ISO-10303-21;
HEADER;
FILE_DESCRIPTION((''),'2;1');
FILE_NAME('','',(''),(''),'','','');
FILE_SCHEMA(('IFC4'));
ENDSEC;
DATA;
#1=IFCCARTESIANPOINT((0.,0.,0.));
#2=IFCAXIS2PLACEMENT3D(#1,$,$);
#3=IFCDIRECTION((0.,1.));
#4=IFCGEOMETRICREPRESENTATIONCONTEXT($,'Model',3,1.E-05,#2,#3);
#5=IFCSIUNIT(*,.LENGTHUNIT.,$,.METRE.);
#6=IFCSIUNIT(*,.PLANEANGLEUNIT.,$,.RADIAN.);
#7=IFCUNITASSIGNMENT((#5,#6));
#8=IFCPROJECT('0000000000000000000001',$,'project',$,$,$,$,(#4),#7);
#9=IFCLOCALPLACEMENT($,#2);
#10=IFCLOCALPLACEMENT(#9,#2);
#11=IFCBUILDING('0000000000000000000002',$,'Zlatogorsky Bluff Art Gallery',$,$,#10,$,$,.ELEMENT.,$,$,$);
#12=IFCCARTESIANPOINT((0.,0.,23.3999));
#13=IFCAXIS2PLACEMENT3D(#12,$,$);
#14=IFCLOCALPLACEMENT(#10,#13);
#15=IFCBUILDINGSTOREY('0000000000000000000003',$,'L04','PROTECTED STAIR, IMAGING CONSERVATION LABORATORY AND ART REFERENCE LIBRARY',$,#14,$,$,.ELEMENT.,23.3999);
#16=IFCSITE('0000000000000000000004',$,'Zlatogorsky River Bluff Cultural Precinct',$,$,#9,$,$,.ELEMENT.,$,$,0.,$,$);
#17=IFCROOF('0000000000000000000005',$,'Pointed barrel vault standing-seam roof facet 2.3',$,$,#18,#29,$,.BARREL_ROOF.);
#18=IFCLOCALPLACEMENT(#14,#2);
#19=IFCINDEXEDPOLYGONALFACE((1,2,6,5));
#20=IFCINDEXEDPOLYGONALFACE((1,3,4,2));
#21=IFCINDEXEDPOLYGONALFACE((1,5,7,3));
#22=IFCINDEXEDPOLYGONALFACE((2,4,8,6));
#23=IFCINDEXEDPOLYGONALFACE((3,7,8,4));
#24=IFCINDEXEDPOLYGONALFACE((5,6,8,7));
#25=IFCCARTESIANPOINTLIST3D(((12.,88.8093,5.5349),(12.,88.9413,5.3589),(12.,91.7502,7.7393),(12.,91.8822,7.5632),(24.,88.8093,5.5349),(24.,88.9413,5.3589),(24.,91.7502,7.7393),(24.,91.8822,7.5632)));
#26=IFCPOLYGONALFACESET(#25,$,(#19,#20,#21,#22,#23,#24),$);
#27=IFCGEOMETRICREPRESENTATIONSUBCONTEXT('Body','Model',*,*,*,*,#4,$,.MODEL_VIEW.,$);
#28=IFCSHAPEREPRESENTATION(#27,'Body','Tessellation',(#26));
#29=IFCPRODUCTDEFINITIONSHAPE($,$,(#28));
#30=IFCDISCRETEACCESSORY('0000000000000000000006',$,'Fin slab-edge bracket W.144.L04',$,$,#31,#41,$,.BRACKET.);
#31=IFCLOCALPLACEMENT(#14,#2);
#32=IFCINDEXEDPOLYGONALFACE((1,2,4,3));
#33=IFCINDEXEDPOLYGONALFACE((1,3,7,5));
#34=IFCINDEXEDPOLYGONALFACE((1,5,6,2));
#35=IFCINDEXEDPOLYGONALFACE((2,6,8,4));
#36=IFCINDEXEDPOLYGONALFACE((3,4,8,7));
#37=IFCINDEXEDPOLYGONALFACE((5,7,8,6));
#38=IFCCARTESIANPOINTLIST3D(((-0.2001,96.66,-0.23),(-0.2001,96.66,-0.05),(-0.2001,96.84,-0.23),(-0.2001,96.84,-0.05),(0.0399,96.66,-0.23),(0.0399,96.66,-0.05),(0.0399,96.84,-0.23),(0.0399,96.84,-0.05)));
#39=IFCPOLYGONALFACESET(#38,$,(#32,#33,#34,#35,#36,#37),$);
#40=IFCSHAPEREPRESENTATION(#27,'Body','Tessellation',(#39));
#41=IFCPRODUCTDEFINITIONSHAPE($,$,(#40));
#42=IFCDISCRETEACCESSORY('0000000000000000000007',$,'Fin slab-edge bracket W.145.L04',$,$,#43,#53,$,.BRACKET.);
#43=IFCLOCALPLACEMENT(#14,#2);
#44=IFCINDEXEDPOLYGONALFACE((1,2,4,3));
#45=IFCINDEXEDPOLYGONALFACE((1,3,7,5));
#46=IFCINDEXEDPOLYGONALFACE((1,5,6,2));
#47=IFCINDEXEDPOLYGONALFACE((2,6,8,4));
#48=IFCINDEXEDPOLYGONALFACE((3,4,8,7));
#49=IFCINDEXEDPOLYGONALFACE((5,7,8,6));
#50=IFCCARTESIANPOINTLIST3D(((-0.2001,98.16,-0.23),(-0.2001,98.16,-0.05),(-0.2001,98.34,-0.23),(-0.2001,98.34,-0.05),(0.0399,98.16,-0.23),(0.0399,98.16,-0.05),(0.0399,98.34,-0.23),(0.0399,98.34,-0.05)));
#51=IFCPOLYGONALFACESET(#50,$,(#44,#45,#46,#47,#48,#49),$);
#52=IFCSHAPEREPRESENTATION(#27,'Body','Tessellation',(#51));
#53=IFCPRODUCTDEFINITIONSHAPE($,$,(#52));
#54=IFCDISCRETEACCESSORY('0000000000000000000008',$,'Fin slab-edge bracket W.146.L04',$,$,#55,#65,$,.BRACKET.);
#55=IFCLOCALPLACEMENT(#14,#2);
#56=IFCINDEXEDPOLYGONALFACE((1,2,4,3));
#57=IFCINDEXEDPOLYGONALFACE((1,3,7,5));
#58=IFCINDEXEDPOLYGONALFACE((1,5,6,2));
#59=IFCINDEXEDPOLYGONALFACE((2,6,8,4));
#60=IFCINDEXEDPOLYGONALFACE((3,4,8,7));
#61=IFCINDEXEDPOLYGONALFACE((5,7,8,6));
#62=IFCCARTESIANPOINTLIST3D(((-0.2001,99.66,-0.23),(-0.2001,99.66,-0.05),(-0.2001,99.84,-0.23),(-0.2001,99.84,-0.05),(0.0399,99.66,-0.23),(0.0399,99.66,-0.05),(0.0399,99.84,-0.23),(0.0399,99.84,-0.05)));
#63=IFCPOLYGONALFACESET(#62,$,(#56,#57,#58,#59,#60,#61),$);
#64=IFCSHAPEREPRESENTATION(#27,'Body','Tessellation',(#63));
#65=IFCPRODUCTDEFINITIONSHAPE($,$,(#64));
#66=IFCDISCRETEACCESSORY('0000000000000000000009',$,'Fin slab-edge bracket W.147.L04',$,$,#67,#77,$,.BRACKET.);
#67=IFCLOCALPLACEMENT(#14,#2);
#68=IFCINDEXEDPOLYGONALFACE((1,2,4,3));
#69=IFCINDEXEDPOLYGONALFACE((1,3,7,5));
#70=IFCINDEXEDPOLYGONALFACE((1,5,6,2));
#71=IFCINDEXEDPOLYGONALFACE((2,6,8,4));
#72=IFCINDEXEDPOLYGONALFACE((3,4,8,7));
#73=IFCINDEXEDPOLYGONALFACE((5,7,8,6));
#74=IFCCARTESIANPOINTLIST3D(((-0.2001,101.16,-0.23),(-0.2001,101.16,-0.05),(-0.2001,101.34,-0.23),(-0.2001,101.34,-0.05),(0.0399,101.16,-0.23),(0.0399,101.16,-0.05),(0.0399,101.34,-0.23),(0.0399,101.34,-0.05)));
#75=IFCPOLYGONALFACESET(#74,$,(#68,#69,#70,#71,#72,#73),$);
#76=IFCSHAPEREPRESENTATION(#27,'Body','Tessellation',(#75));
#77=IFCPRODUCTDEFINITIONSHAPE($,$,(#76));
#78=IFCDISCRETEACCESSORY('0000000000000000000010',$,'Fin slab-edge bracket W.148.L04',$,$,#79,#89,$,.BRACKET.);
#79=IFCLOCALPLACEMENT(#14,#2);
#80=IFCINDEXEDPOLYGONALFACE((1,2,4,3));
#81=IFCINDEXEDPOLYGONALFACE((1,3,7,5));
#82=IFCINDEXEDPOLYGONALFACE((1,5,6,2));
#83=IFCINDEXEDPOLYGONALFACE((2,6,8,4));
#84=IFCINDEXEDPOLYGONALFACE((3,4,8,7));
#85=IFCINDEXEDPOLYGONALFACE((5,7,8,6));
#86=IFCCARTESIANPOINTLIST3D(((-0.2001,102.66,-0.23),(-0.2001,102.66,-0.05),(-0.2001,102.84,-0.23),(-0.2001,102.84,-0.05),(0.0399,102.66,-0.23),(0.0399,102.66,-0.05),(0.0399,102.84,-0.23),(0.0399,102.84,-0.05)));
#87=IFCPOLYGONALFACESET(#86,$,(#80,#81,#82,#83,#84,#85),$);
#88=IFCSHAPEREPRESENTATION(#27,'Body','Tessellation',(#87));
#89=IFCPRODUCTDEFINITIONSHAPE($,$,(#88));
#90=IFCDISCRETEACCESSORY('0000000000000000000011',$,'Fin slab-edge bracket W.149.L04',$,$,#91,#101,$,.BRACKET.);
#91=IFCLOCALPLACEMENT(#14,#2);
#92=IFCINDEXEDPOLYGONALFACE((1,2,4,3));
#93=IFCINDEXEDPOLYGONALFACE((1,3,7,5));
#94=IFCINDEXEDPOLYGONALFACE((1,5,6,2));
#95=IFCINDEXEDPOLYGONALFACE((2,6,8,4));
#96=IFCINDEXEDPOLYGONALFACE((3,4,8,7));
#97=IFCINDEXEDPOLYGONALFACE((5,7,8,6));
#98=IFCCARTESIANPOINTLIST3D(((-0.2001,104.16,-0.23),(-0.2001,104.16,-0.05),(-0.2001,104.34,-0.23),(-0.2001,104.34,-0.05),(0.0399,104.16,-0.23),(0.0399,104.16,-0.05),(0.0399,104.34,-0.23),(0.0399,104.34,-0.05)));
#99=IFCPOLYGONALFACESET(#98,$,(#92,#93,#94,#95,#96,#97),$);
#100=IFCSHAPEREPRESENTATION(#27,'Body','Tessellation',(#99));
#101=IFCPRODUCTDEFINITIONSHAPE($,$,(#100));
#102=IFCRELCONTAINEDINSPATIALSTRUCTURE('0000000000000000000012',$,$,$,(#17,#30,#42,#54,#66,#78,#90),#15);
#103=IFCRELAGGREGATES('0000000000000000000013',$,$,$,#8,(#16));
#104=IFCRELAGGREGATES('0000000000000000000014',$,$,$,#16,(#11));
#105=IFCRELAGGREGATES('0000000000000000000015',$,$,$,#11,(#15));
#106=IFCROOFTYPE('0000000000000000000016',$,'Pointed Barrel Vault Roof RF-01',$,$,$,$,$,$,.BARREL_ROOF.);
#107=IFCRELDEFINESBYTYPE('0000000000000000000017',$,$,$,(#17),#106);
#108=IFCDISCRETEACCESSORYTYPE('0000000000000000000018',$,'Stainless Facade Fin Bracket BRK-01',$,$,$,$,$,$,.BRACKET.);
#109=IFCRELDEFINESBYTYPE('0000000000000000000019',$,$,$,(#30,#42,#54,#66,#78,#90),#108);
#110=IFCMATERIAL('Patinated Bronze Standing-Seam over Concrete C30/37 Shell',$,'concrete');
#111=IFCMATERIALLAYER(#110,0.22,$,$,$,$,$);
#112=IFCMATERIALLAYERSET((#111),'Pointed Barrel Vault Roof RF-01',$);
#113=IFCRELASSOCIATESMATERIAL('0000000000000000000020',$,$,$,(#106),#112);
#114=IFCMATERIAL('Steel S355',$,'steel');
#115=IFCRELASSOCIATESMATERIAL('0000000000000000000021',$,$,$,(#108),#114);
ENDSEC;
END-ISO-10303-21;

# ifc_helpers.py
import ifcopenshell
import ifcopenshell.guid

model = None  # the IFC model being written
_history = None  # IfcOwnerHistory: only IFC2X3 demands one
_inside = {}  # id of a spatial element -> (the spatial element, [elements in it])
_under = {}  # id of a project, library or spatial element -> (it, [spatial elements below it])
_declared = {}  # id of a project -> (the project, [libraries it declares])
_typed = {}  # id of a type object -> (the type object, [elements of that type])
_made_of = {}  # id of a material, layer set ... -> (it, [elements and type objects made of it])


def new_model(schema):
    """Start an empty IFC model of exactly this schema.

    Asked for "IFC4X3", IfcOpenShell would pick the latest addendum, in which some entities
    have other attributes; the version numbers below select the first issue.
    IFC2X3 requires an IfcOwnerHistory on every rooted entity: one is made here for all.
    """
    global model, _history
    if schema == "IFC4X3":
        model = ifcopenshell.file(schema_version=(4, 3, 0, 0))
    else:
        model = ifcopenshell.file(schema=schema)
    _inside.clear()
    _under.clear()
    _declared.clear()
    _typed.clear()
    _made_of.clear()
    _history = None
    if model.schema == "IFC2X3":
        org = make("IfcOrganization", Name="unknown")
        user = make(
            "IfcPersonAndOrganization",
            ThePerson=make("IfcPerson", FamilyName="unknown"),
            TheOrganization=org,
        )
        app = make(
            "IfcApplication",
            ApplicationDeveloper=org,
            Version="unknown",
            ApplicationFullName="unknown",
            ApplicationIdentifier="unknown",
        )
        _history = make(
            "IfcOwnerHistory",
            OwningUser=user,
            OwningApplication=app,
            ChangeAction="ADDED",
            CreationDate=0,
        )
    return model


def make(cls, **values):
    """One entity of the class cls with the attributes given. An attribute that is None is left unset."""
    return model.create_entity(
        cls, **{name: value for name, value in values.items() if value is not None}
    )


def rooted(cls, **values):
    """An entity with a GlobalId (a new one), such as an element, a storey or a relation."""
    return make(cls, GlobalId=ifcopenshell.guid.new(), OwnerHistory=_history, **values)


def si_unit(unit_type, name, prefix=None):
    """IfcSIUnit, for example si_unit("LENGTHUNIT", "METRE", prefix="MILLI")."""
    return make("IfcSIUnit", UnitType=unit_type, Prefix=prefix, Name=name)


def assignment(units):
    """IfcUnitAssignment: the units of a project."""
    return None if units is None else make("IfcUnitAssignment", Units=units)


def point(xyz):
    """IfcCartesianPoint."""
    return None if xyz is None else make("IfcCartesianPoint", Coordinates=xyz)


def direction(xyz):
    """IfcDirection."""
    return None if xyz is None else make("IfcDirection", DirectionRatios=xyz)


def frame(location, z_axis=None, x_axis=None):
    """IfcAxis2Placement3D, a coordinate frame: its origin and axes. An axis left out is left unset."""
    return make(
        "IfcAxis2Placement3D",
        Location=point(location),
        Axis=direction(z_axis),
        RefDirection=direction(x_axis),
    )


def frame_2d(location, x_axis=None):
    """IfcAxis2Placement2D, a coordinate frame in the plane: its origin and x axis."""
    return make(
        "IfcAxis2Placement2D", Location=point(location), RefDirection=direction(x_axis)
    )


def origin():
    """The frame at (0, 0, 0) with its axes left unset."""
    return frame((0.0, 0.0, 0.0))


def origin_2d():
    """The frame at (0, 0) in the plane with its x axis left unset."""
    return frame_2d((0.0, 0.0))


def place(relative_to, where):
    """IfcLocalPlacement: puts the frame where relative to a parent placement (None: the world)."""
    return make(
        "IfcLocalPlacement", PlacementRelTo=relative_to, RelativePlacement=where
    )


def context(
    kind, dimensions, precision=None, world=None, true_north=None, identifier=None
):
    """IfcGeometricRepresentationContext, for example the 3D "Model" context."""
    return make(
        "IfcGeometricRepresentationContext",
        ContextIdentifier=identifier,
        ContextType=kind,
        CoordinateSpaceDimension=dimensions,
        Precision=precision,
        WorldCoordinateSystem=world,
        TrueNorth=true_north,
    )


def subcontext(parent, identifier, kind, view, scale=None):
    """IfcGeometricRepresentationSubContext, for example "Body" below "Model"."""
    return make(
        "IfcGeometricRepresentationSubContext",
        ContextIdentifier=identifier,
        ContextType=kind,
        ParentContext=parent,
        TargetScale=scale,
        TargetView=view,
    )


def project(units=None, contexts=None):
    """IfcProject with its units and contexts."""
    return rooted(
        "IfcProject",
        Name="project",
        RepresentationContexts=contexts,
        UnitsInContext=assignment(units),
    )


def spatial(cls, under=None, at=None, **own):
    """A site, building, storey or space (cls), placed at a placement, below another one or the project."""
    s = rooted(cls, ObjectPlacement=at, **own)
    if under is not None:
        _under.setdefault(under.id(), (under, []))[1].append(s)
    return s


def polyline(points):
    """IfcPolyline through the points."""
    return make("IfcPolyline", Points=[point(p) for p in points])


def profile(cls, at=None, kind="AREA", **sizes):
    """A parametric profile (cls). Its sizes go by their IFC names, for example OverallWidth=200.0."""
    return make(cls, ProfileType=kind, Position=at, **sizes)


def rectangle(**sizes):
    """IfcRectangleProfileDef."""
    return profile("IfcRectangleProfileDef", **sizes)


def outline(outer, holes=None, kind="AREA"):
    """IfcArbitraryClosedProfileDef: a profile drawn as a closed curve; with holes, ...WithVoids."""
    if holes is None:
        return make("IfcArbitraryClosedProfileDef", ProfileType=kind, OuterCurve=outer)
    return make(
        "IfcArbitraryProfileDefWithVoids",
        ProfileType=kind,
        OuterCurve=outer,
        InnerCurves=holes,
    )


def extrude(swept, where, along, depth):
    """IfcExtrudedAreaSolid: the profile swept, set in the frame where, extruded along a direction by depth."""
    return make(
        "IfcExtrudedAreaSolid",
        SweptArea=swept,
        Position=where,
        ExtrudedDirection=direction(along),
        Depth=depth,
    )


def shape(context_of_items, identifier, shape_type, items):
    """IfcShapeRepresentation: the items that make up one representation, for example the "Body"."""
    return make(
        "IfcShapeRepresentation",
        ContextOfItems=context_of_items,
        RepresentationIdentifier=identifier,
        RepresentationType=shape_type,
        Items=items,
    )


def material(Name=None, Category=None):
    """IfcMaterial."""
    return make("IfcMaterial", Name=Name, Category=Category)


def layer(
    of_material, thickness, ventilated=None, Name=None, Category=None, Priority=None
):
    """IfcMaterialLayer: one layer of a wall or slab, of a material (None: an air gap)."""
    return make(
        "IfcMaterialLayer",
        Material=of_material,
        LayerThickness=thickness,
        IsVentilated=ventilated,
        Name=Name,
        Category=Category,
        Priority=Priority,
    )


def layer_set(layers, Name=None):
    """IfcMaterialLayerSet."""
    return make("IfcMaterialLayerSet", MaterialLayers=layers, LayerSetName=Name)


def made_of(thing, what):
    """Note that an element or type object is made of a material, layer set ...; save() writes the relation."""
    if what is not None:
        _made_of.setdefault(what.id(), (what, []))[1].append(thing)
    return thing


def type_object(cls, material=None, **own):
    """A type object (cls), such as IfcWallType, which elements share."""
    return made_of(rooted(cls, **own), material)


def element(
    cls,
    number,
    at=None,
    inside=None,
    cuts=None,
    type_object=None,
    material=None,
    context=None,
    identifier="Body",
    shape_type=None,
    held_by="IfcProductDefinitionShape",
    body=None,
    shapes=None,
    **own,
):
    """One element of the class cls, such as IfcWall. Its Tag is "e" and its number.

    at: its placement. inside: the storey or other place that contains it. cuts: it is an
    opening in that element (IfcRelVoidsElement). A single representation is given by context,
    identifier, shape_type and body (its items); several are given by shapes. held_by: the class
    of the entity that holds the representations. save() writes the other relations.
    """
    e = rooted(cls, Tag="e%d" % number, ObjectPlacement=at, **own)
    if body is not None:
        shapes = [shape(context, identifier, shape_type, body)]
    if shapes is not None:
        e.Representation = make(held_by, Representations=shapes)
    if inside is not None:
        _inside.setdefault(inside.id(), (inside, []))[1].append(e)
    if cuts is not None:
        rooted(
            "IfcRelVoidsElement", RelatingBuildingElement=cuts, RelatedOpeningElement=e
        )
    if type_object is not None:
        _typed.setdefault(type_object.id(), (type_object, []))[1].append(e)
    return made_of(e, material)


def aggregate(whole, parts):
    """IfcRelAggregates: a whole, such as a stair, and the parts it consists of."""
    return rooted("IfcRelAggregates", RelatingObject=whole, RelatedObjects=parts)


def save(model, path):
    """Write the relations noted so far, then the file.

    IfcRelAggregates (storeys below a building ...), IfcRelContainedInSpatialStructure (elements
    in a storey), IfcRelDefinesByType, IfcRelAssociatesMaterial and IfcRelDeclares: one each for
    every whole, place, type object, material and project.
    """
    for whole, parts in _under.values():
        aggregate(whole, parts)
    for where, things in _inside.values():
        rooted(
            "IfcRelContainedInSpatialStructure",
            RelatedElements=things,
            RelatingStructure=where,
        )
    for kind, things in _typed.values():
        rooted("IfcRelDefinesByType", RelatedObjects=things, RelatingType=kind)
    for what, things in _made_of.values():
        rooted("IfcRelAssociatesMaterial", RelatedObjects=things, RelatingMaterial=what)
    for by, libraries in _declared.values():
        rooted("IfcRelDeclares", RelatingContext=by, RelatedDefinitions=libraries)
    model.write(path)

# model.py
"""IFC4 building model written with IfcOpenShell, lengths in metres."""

from ifc_helpers import new_model, si_unit, direction, frame, origin, origin_2d, place, context, subcontext, project, spatial, polyline, rectangle, outline, extrude, material, layer, layer_set, type_object, element, save


model = new_model("IFC4")

# Units and contexts
model_context = context("Model", 3, precision=1e-05, world=origin(), true_north=direction((0.0, 1.0)))
body_context = subcontext(model_context, "Body", "Model", "MODEL_VIEW")
ifc_project = project(units=[si_unit("LENGTHUNIT", "METRE"), si_unit("PLANEANGLEUNIT", "RADIAN")], contexts=[model_context])

# Site, building, storey
site_placement = place(None, origin())
site = spatial("IfcSite", under=ifc_project, at=site_placement, Name="Zlatogorsky River Bluff Cultural Precinct", CompositionType="ELEMENT", RefElevation=0.0)
building_placement = place(site_placement, origin())
building = spatial("IfcBuilding", under=site, at=building_placement, Name="Zlatogorsky Bluff Art Gallery", CompositionType="ELEMENT")
storey_placement = place(building_placement, frame((0.0, 0.0, 23.3999)))
storey = spatial("IfcBuildingStorey", under=building, at=storey_placement, Name="L04", Description="PROTECTED STAIR, IMAGING CONSERVATION LABORATORY AND ART REFERENCE LIBRARY", CompositionType="ELEMENT", Elevation=23.3999)

# Shared definitions
ifc_material_1 = material(Name="Steel S355", Category="steel")

# Roof
ifc_material_2 = material(Name="Patinated Bronze Standing-Seam over Concrete C30/37 Shell", Category="concrete")
ifc_layer_1 = layer(ifc_material_2, 0.22)
ifc_layer_set_1 = layer_set([ifc_layer_1], Name="Pointed Barrel Vault Roof RF-01")
roof_type = type_object("IfcRoofType", Name="Pointed Barrel Vault Roof RF-01", PredefinedType="BARREL_ROOF", material=ifc_layer_set_1)
roof_1_placement = place(storey_placement, frame((12.0, 88.8093, 5.5349), z_axis=(0.0, -0.599766, 0.800175), x_axis=(1.0, 0.0, 0.0)))
element("IfcRoof", 1, at=roof_1_placement, inside=storey, type_object=roof_type, Name="Pointed barrel vault standing-seam roof facet 2.3", PredefinedType="BARREL_ROOF", context=body_context, shape_type="SweptSolid", body=[
    extrude(outline(polyline([(0.0, 0.0), (12.0, 0.0), (12.0, 3.6753), (0.0, 3.6753), (0.0, 0.0)])), origin(), (0.0, 0.0, -1.0), 0.22),
])

# Discrete accessories
discrete_accessory_type = type_object("IfcDiscreteAccessoryType", Name="Stainless Facade Fin Bracket BRK-01", PredefinedType="BRACKET", material=ifc_material_1)
for number, where, z_axis, x_axis, name in (
    (2, (-0.0801, 96.75, -0.23), (0.0, 0.0, 1.0), (1.0, 0.0, 0.0), "Fin slab-edge bracket W.144.L04"),
    (3, (-0.0801, 98.25, -0.23), (0.0, 0.0, 1.0), (1.0, 0.0, 0.0), "Fin slab-edge bracket W.145.L04"),
    (4, (-0.0801, 99.75, -0.23), (0.0, 0.0, 1.0), (1.0, 0.0, 0.0), "Fin slab-edge bracket W.146.L04"),
    (5, (-0.0801, 101.25, -0.23), (0.0, 0.0, 1.0), (1.0, 0.0, 0.0), "Fin slab-edge bracket W.147.L04"),
    (6, (-0.0801, 102.75, -0.23), (0.0, 0.0, 1.0), (1.0, 0.0, 0.0), "Fin slab-edge bracket W.148.L04"),
    (7, (-0.0801, 104.25, -0.23), (0.0, 0.0, 1.0), (1.0, 0.0, 0.0), "Fin slab-edge bracket W.149.L04"),
):
    element("IfcDiscreteAccessory", number, at=place(storey_placement, frame(where, z_axis=z_axis, x_axis=x_axis)), inside=storey, type_object=discrete_accessory_type, Name=name, PredefinedType="BRACKET", context=body_context, shape_type="SweptSolid", body=[
        extrude(rectangle(XDim=0.24, YDim=0.1799, at=origin_2d()), origin(), (0.0, 0.0, 1.0), 0.1799),
    ])

save(model, "model.ifc")
